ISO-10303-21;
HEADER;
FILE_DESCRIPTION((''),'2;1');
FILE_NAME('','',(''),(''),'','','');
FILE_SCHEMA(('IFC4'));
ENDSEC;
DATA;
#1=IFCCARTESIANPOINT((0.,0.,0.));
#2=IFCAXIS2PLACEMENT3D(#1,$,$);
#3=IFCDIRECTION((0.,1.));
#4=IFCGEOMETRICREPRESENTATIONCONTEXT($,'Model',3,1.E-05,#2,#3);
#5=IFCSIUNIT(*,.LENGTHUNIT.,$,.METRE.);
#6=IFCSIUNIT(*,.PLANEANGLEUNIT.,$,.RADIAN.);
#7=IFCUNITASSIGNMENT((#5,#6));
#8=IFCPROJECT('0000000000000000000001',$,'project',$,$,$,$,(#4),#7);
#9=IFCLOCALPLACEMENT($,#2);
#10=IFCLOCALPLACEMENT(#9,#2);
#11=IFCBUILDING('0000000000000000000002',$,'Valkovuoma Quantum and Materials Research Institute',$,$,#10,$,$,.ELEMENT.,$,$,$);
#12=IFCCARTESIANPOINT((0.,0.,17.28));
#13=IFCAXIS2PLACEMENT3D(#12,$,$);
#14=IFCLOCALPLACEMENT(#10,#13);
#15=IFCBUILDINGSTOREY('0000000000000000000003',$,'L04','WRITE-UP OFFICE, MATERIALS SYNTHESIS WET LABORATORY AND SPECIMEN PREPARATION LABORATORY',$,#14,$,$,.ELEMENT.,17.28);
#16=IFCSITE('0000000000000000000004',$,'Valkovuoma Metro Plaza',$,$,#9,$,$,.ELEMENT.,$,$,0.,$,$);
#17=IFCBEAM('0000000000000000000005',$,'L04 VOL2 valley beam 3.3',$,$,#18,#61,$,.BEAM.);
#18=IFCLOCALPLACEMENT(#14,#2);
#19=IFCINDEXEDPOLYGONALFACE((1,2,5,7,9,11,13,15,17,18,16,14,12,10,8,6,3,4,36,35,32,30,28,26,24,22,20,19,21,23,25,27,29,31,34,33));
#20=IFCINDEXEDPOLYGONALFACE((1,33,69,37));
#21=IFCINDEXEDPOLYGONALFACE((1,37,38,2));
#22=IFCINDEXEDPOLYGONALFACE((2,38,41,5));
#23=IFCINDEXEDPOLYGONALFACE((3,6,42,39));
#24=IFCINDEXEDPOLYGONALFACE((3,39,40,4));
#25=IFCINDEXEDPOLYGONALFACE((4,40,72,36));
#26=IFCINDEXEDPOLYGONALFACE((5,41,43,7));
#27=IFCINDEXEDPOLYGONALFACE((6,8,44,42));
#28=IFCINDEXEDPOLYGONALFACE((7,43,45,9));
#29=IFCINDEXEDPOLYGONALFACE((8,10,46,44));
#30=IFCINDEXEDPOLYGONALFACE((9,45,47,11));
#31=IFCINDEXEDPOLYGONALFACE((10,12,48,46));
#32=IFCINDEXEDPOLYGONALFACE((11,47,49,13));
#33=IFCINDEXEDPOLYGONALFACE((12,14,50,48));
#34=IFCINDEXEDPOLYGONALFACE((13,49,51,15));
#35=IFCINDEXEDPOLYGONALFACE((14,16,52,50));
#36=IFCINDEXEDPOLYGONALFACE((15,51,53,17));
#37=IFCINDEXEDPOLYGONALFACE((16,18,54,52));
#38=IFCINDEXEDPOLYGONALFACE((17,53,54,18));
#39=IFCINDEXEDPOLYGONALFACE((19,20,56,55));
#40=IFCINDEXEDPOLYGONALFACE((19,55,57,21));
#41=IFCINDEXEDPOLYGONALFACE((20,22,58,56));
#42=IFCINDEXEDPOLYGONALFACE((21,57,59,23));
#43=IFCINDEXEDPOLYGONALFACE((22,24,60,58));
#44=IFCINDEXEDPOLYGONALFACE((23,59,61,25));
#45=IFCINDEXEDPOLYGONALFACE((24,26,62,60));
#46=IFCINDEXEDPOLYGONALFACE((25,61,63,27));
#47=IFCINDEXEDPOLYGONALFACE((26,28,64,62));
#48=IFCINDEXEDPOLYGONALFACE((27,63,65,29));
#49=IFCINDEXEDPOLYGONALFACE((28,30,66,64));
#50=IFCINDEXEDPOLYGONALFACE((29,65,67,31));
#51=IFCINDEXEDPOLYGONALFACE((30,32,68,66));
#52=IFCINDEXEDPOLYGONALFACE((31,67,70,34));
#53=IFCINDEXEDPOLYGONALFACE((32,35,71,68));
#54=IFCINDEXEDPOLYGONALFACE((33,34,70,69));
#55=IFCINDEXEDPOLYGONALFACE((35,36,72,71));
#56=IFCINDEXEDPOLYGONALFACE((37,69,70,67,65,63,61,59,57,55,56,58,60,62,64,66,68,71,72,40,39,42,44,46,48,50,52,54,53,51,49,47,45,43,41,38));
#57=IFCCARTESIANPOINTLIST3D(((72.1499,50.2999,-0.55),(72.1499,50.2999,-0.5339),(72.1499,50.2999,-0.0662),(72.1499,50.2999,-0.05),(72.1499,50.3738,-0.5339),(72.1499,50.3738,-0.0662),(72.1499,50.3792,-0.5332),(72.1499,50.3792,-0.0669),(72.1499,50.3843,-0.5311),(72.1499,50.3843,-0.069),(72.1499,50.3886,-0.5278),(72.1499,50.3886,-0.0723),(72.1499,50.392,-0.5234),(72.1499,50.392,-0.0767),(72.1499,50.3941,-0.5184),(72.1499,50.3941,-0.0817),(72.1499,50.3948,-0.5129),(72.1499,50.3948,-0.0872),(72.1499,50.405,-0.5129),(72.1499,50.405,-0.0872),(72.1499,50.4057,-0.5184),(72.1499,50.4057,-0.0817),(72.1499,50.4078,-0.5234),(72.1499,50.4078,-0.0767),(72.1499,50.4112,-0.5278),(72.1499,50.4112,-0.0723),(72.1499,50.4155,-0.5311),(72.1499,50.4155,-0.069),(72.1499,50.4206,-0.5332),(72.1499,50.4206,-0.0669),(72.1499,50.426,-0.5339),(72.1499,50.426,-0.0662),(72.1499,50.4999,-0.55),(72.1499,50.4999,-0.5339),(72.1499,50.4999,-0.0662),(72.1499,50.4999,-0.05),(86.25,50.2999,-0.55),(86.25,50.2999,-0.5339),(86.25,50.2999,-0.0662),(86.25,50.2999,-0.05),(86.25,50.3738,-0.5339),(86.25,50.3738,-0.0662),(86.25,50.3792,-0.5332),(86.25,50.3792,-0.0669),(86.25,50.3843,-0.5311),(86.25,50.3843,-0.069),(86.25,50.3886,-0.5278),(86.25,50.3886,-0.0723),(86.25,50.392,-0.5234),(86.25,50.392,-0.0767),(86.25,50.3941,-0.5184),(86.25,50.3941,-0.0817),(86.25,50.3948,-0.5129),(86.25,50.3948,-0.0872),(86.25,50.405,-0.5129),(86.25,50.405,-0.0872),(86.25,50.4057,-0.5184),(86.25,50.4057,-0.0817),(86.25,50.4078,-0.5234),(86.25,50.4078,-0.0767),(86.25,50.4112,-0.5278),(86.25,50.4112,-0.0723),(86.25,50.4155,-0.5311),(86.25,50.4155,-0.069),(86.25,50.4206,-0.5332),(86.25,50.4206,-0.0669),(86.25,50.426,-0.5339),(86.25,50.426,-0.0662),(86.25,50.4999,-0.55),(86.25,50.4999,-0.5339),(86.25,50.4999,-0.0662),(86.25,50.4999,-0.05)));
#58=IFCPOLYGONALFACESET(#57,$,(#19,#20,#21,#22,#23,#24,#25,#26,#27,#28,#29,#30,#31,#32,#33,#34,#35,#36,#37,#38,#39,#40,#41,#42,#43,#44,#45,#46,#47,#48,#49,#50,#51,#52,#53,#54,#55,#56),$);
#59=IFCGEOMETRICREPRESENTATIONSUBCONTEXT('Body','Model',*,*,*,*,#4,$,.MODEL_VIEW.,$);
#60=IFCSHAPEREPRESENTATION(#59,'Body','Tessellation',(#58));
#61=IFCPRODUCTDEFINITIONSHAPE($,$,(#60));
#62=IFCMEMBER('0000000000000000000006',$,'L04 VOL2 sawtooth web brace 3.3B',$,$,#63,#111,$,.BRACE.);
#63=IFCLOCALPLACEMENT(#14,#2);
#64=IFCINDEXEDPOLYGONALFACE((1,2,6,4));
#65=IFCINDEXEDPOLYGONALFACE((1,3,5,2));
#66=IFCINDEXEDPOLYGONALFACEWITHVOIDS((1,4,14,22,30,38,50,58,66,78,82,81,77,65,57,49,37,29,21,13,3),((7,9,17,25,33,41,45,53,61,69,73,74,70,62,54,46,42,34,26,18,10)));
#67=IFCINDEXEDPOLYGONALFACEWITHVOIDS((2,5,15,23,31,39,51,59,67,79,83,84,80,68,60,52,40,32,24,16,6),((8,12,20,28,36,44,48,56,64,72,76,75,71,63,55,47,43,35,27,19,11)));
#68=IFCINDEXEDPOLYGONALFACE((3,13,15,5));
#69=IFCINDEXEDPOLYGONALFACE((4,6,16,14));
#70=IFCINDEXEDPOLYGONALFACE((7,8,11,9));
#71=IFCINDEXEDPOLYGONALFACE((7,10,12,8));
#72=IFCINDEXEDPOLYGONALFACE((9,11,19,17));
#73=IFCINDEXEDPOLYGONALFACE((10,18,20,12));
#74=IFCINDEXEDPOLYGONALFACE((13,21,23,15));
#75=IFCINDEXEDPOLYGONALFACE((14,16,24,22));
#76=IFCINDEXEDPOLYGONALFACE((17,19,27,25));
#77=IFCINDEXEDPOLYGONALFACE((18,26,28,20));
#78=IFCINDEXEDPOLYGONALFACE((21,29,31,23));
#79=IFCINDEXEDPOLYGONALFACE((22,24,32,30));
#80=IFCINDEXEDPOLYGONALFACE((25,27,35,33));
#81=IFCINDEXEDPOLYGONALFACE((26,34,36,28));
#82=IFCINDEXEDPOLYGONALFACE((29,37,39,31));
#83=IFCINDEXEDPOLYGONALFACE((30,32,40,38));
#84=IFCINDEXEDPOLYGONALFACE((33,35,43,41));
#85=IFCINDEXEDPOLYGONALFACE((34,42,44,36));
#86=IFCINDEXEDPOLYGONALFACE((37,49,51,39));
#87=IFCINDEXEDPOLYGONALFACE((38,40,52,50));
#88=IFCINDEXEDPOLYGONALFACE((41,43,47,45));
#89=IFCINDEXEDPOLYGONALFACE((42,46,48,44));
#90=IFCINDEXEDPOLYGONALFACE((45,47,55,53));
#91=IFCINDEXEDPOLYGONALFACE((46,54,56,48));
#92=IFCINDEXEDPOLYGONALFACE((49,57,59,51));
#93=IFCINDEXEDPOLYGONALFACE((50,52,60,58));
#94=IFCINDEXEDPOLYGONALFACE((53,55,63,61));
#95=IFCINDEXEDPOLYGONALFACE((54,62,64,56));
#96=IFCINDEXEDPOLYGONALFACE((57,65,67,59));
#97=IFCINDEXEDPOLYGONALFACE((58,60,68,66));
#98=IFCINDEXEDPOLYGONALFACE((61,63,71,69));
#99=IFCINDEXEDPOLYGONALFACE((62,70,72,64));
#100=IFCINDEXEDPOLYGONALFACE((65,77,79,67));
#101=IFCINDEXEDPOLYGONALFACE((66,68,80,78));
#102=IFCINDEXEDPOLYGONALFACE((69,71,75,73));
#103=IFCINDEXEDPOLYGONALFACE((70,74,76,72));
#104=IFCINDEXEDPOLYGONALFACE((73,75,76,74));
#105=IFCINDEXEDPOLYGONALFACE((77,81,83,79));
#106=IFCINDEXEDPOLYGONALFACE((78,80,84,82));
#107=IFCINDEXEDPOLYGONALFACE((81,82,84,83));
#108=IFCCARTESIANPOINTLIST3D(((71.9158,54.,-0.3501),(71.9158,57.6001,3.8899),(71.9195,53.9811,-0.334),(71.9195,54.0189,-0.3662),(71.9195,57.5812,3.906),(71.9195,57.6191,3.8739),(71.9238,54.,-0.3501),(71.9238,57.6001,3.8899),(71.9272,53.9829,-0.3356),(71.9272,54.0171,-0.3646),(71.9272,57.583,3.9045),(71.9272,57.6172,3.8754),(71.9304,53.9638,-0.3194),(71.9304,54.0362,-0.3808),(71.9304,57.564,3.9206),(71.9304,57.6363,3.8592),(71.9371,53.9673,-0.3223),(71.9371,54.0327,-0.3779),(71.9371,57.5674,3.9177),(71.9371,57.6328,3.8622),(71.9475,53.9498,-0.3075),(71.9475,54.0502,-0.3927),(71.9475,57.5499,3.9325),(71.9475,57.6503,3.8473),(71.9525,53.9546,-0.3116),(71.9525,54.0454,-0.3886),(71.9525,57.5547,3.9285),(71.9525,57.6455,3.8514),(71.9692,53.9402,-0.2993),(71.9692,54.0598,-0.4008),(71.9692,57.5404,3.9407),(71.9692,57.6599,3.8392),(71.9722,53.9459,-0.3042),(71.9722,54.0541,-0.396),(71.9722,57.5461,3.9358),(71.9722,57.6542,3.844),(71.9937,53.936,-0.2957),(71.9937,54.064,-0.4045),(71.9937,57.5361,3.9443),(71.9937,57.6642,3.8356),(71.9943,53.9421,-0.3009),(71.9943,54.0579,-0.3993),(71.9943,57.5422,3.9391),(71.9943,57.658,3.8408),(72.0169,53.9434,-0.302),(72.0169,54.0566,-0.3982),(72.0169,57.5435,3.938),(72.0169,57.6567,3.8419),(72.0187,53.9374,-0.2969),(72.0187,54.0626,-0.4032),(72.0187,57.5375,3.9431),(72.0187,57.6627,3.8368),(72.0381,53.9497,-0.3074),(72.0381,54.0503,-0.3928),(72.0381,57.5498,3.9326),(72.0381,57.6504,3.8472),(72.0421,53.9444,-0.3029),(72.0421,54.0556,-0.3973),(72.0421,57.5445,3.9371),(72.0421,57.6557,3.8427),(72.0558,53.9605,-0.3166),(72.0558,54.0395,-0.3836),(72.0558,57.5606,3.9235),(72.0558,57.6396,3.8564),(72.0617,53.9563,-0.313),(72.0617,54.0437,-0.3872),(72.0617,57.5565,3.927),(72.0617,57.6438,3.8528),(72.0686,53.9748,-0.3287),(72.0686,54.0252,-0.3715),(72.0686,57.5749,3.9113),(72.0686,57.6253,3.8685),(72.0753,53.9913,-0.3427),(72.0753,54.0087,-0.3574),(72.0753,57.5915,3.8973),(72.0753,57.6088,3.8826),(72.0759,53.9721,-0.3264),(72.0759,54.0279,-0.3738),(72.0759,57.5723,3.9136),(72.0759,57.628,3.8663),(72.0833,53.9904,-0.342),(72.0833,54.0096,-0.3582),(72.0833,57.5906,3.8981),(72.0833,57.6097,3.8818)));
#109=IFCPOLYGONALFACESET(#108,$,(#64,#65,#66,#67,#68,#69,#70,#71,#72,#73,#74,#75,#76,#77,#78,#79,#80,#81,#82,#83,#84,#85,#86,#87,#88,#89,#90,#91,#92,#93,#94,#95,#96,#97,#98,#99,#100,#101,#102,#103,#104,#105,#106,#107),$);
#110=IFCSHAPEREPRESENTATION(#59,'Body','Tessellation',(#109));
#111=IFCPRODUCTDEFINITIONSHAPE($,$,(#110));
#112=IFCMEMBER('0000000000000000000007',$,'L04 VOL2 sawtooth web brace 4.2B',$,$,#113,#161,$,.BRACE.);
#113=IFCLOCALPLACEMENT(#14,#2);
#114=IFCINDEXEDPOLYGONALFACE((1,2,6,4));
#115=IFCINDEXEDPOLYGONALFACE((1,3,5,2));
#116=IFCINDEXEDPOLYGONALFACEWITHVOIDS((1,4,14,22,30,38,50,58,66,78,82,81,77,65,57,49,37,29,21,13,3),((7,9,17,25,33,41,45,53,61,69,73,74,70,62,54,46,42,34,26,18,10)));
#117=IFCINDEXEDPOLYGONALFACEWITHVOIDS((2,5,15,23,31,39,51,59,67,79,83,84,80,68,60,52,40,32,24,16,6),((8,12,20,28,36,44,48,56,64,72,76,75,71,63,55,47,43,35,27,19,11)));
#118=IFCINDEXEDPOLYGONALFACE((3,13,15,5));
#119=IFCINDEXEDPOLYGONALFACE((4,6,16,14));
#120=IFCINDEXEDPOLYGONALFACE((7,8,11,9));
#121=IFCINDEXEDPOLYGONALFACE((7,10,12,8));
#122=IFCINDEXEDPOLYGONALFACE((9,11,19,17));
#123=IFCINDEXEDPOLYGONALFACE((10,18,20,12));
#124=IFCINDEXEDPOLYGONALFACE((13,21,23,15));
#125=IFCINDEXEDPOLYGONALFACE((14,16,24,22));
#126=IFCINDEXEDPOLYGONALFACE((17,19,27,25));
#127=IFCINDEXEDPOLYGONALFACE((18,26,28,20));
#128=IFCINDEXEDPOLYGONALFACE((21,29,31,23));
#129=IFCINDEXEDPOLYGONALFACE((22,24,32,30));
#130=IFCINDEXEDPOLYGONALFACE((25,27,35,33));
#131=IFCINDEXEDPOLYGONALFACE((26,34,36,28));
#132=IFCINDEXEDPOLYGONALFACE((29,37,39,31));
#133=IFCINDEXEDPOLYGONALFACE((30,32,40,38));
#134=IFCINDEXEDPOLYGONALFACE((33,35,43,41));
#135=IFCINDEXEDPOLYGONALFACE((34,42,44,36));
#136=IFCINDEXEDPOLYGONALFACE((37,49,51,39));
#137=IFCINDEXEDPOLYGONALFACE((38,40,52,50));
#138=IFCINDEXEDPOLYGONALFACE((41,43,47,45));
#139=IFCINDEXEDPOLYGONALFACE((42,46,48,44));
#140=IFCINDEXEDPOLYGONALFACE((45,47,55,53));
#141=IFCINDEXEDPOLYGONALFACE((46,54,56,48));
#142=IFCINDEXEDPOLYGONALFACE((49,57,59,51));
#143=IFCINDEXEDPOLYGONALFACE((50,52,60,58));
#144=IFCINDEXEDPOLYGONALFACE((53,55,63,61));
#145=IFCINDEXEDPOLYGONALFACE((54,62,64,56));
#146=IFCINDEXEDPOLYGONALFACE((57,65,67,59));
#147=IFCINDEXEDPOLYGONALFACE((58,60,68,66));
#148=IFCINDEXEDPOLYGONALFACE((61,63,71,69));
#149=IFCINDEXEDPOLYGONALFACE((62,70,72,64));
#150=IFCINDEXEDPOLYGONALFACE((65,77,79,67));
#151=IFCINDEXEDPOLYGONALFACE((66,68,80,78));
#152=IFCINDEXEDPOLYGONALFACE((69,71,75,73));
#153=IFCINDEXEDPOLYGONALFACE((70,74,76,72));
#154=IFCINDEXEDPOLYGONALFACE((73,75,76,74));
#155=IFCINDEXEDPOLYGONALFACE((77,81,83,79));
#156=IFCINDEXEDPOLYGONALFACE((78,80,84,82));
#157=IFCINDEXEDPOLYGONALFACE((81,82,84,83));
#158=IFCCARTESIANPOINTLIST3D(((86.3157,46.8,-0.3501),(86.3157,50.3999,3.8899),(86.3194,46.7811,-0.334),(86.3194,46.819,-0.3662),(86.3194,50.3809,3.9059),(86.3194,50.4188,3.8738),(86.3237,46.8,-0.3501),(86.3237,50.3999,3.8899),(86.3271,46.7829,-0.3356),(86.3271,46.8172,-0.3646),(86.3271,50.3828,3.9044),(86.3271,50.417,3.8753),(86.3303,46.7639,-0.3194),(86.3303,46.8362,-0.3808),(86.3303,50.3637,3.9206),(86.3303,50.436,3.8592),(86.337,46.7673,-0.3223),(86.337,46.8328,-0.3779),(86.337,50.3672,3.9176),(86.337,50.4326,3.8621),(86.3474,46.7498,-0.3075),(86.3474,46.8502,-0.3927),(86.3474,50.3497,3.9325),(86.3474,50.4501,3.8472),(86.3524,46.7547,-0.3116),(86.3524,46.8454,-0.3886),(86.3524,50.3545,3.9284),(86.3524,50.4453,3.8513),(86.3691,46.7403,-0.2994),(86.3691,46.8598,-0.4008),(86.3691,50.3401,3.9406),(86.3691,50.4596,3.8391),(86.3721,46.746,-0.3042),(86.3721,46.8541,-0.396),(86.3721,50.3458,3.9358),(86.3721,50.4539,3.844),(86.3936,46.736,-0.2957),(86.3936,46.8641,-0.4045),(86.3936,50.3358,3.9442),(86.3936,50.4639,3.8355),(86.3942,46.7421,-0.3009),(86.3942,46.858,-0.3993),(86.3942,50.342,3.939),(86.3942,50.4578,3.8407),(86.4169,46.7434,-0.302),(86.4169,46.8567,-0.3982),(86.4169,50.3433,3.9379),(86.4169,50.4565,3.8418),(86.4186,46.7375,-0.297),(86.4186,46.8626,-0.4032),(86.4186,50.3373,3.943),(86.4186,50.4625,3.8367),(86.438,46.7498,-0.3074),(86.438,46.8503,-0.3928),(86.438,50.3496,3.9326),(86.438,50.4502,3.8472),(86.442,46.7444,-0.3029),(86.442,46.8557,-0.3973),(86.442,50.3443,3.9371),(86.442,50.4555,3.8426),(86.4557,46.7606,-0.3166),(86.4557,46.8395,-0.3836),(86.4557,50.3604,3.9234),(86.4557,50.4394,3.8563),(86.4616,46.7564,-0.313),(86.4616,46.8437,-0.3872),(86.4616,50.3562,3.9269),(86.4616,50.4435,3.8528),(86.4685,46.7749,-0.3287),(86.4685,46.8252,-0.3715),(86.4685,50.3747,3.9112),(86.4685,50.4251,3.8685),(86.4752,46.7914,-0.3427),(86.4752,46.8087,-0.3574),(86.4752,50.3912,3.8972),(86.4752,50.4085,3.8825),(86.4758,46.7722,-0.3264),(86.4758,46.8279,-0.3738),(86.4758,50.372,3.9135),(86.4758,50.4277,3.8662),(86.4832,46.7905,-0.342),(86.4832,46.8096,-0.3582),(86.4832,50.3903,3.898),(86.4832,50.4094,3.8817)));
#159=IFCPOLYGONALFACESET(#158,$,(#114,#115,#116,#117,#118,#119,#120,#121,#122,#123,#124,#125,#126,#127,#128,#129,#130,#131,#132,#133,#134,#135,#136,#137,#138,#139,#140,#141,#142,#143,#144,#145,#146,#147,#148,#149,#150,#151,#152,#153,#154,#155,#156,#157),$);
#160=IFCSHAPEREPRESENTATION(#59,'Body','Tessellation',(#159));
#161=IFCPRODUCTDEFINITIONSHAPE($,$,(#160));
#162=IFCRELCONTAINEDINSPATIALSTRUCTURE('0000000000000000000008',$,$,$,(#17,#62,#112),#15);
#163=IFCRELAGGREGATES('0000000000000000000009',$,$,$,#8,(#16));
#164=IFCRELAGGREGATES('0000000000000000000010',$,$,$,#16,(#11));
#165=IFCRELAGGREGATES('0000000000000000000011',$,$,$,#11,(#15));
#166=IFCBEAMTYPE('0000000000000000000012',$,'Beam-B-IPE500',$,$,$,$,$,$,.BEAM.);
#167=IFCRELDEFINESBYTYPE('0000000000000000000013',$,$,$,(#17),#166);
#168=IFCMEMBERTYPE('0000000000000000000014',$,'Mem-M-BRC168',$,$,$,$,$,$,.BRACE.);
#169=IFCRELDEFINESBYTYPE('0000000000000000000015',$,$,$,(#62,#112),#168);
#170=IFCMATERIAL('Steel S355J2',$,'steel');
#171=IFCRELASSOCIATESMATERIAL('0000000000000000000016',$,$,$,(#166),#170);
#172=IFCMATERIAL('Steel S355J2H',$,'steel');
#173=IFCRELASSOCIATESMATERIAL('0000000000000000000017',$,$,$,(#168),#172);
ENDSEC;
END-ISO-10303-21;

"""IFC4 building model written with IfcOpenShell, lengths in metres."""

from ifc_helpers import new_model, si_unit, direction, frame, origin, origin_2d, place, context, subcontext, project, spatial, hollow_circle, i_section, extrude, material, material_profile, profile_set, type_object, element, save


model = new_model("IFC4")

# Units and contexts
model_context = context("Model", 3, precision=1e-05, world=origin(), true_north=direction((0.0, 1.0)))
body_context = subcontext(model_context, "Body", "Model", "MODEL_VIEW")
ifc_project = project(units=[si_unit("LENGTHUNIT", "METRE"), si_unit("PLANEANGLEUNIT", "RADIAN")], contexts=[model_context])

# Site, building, storey
site_placement = place(None, origin())
site = spatial("IfcSite", under=ifc_project, at=site_placement, Name="Valkovuoma Metro Plaza", CompositionType="ELEMENT", RefElevation=0.0)
building_placement = place(site_placement, origin())
building = spatial("IfcBuilding", under=site, at=building_placement, Name="Valkovuoma Quantum and Materials Research Institute", CompositionType="ELEMENT")
storey_placement = place(building_placement, frame((0.0, 0.0, 17.28)))
storey = spatial("IfcBuildingStorey", under=building, at=storey_placement, Name="L04", Description="WRITE-UP OFFICE, MATERIALS SYNTHESIS WET LABORATORY AND SPECIMEN PREPARATION LABORATORY", CompositionType="ELEMENT", Elevation=17.28)

# Beam
ifc_material_1 = material(Name="Steel S355J2", Category="steel")
ifc_material_profile_1 = material_profile(ifc_material_1, i_section(OverallWidth=0.2, OverallDepth=0.5, WebThickness=0.0103, FlangeThickness=0.0161, FilletRadius=0.021, at=origin_2d()), Name="Steel S355J2")
ifc_profile_set_1 = profile_set([ifc_material_profile_1], Name="Steel S355J2")
beam_type = type_object("IfcBeamType", Name="Beam-B-IPE500", PredefinedType="BEAM", material=ifc_profile_set_1)
beam_placement = place(storey_placement, frame((72.1499, 50.3999, -0.3), z_axis=(1.0, 0.0, 0.0), x_axis=(0.0, 1.0, 0.0)))
element("IfcBeam", 1, at=beam_placement, inside=storey, type_object=beam_type, Name="L04 VOL2 valley beam 3.3", PredefinedType="BEAM", context=body_context, shape_type="SweptSolid", body=[
    extrude(i_section(OverallWidth=0.2, OverallDepth=0.5, WebThickness=0.0103, FlangeThickness=0.0161, FilletRadius=0.021, at=origin_2d()), origin(), (0.0, 0.0, 1.0), 14.1001),
])

# Members
ifc_material_2 = material(Name="Steel S355J2H", Category="steel")
ifc_material_profile_2 = material_profile(ifc_material_2, hollow_circle(Radius=0.0842, WallThickness=0.0081, at=origin_2d()), Name="Steel S355J2H")
ifc_profile_set_2 = profile_set([ifc_material_profile_2], Name="Steel S355J2H")
member_type_1 = type_object("IfcMemberType", Name="Mem-M-BRC168", PredefinedType="BRACE", material=ifc_profile_set_2)
member_1_placement = place(storey_placement, frame((72.0, 54.0, -0.3501), z_axis=(0.0, 0.647242, 0.762285), x_axis=(-1.0, 0.0, 0.0)))
element("IfcMember", 2, at=member_1_placement, inside=storey, type_object=member_type_1, Name="L04 VOL2 sawtooth web brace 3.3B", PredefinedType="BRACE", context=body_context, shape_type="SweptSolid", body=[
    extrude(hollow_circle(Radius=0.0842, WallThickness=0.0081, at=origin_2d()), origin(), (0.0, 0.0, 1.0), 5.5623),
])
member_2_placement = place(storey_placement, frame((86.3999, 46.8, -0.3501), z_axis=(0.0, 0.647216, 0.762306), x_axis=(-1.0, 0.0, 0.0)))
element("IfcMember", 3, at=member_2_placement, inside=storey, type_object=member_type_1, Name="L04 VOL2 sawtooth web brace 4.2B", PredefinedType="BRACE", context=body_context, shape_type="SweptSolid", body=[
    extrude(hollow_circle(Radius=0.0842, WallThickness=0.0081, at=origin_2d()), origin(), (0.0, 0.0, 1.0), 5.562),
])

save(model, "model.ifc")
